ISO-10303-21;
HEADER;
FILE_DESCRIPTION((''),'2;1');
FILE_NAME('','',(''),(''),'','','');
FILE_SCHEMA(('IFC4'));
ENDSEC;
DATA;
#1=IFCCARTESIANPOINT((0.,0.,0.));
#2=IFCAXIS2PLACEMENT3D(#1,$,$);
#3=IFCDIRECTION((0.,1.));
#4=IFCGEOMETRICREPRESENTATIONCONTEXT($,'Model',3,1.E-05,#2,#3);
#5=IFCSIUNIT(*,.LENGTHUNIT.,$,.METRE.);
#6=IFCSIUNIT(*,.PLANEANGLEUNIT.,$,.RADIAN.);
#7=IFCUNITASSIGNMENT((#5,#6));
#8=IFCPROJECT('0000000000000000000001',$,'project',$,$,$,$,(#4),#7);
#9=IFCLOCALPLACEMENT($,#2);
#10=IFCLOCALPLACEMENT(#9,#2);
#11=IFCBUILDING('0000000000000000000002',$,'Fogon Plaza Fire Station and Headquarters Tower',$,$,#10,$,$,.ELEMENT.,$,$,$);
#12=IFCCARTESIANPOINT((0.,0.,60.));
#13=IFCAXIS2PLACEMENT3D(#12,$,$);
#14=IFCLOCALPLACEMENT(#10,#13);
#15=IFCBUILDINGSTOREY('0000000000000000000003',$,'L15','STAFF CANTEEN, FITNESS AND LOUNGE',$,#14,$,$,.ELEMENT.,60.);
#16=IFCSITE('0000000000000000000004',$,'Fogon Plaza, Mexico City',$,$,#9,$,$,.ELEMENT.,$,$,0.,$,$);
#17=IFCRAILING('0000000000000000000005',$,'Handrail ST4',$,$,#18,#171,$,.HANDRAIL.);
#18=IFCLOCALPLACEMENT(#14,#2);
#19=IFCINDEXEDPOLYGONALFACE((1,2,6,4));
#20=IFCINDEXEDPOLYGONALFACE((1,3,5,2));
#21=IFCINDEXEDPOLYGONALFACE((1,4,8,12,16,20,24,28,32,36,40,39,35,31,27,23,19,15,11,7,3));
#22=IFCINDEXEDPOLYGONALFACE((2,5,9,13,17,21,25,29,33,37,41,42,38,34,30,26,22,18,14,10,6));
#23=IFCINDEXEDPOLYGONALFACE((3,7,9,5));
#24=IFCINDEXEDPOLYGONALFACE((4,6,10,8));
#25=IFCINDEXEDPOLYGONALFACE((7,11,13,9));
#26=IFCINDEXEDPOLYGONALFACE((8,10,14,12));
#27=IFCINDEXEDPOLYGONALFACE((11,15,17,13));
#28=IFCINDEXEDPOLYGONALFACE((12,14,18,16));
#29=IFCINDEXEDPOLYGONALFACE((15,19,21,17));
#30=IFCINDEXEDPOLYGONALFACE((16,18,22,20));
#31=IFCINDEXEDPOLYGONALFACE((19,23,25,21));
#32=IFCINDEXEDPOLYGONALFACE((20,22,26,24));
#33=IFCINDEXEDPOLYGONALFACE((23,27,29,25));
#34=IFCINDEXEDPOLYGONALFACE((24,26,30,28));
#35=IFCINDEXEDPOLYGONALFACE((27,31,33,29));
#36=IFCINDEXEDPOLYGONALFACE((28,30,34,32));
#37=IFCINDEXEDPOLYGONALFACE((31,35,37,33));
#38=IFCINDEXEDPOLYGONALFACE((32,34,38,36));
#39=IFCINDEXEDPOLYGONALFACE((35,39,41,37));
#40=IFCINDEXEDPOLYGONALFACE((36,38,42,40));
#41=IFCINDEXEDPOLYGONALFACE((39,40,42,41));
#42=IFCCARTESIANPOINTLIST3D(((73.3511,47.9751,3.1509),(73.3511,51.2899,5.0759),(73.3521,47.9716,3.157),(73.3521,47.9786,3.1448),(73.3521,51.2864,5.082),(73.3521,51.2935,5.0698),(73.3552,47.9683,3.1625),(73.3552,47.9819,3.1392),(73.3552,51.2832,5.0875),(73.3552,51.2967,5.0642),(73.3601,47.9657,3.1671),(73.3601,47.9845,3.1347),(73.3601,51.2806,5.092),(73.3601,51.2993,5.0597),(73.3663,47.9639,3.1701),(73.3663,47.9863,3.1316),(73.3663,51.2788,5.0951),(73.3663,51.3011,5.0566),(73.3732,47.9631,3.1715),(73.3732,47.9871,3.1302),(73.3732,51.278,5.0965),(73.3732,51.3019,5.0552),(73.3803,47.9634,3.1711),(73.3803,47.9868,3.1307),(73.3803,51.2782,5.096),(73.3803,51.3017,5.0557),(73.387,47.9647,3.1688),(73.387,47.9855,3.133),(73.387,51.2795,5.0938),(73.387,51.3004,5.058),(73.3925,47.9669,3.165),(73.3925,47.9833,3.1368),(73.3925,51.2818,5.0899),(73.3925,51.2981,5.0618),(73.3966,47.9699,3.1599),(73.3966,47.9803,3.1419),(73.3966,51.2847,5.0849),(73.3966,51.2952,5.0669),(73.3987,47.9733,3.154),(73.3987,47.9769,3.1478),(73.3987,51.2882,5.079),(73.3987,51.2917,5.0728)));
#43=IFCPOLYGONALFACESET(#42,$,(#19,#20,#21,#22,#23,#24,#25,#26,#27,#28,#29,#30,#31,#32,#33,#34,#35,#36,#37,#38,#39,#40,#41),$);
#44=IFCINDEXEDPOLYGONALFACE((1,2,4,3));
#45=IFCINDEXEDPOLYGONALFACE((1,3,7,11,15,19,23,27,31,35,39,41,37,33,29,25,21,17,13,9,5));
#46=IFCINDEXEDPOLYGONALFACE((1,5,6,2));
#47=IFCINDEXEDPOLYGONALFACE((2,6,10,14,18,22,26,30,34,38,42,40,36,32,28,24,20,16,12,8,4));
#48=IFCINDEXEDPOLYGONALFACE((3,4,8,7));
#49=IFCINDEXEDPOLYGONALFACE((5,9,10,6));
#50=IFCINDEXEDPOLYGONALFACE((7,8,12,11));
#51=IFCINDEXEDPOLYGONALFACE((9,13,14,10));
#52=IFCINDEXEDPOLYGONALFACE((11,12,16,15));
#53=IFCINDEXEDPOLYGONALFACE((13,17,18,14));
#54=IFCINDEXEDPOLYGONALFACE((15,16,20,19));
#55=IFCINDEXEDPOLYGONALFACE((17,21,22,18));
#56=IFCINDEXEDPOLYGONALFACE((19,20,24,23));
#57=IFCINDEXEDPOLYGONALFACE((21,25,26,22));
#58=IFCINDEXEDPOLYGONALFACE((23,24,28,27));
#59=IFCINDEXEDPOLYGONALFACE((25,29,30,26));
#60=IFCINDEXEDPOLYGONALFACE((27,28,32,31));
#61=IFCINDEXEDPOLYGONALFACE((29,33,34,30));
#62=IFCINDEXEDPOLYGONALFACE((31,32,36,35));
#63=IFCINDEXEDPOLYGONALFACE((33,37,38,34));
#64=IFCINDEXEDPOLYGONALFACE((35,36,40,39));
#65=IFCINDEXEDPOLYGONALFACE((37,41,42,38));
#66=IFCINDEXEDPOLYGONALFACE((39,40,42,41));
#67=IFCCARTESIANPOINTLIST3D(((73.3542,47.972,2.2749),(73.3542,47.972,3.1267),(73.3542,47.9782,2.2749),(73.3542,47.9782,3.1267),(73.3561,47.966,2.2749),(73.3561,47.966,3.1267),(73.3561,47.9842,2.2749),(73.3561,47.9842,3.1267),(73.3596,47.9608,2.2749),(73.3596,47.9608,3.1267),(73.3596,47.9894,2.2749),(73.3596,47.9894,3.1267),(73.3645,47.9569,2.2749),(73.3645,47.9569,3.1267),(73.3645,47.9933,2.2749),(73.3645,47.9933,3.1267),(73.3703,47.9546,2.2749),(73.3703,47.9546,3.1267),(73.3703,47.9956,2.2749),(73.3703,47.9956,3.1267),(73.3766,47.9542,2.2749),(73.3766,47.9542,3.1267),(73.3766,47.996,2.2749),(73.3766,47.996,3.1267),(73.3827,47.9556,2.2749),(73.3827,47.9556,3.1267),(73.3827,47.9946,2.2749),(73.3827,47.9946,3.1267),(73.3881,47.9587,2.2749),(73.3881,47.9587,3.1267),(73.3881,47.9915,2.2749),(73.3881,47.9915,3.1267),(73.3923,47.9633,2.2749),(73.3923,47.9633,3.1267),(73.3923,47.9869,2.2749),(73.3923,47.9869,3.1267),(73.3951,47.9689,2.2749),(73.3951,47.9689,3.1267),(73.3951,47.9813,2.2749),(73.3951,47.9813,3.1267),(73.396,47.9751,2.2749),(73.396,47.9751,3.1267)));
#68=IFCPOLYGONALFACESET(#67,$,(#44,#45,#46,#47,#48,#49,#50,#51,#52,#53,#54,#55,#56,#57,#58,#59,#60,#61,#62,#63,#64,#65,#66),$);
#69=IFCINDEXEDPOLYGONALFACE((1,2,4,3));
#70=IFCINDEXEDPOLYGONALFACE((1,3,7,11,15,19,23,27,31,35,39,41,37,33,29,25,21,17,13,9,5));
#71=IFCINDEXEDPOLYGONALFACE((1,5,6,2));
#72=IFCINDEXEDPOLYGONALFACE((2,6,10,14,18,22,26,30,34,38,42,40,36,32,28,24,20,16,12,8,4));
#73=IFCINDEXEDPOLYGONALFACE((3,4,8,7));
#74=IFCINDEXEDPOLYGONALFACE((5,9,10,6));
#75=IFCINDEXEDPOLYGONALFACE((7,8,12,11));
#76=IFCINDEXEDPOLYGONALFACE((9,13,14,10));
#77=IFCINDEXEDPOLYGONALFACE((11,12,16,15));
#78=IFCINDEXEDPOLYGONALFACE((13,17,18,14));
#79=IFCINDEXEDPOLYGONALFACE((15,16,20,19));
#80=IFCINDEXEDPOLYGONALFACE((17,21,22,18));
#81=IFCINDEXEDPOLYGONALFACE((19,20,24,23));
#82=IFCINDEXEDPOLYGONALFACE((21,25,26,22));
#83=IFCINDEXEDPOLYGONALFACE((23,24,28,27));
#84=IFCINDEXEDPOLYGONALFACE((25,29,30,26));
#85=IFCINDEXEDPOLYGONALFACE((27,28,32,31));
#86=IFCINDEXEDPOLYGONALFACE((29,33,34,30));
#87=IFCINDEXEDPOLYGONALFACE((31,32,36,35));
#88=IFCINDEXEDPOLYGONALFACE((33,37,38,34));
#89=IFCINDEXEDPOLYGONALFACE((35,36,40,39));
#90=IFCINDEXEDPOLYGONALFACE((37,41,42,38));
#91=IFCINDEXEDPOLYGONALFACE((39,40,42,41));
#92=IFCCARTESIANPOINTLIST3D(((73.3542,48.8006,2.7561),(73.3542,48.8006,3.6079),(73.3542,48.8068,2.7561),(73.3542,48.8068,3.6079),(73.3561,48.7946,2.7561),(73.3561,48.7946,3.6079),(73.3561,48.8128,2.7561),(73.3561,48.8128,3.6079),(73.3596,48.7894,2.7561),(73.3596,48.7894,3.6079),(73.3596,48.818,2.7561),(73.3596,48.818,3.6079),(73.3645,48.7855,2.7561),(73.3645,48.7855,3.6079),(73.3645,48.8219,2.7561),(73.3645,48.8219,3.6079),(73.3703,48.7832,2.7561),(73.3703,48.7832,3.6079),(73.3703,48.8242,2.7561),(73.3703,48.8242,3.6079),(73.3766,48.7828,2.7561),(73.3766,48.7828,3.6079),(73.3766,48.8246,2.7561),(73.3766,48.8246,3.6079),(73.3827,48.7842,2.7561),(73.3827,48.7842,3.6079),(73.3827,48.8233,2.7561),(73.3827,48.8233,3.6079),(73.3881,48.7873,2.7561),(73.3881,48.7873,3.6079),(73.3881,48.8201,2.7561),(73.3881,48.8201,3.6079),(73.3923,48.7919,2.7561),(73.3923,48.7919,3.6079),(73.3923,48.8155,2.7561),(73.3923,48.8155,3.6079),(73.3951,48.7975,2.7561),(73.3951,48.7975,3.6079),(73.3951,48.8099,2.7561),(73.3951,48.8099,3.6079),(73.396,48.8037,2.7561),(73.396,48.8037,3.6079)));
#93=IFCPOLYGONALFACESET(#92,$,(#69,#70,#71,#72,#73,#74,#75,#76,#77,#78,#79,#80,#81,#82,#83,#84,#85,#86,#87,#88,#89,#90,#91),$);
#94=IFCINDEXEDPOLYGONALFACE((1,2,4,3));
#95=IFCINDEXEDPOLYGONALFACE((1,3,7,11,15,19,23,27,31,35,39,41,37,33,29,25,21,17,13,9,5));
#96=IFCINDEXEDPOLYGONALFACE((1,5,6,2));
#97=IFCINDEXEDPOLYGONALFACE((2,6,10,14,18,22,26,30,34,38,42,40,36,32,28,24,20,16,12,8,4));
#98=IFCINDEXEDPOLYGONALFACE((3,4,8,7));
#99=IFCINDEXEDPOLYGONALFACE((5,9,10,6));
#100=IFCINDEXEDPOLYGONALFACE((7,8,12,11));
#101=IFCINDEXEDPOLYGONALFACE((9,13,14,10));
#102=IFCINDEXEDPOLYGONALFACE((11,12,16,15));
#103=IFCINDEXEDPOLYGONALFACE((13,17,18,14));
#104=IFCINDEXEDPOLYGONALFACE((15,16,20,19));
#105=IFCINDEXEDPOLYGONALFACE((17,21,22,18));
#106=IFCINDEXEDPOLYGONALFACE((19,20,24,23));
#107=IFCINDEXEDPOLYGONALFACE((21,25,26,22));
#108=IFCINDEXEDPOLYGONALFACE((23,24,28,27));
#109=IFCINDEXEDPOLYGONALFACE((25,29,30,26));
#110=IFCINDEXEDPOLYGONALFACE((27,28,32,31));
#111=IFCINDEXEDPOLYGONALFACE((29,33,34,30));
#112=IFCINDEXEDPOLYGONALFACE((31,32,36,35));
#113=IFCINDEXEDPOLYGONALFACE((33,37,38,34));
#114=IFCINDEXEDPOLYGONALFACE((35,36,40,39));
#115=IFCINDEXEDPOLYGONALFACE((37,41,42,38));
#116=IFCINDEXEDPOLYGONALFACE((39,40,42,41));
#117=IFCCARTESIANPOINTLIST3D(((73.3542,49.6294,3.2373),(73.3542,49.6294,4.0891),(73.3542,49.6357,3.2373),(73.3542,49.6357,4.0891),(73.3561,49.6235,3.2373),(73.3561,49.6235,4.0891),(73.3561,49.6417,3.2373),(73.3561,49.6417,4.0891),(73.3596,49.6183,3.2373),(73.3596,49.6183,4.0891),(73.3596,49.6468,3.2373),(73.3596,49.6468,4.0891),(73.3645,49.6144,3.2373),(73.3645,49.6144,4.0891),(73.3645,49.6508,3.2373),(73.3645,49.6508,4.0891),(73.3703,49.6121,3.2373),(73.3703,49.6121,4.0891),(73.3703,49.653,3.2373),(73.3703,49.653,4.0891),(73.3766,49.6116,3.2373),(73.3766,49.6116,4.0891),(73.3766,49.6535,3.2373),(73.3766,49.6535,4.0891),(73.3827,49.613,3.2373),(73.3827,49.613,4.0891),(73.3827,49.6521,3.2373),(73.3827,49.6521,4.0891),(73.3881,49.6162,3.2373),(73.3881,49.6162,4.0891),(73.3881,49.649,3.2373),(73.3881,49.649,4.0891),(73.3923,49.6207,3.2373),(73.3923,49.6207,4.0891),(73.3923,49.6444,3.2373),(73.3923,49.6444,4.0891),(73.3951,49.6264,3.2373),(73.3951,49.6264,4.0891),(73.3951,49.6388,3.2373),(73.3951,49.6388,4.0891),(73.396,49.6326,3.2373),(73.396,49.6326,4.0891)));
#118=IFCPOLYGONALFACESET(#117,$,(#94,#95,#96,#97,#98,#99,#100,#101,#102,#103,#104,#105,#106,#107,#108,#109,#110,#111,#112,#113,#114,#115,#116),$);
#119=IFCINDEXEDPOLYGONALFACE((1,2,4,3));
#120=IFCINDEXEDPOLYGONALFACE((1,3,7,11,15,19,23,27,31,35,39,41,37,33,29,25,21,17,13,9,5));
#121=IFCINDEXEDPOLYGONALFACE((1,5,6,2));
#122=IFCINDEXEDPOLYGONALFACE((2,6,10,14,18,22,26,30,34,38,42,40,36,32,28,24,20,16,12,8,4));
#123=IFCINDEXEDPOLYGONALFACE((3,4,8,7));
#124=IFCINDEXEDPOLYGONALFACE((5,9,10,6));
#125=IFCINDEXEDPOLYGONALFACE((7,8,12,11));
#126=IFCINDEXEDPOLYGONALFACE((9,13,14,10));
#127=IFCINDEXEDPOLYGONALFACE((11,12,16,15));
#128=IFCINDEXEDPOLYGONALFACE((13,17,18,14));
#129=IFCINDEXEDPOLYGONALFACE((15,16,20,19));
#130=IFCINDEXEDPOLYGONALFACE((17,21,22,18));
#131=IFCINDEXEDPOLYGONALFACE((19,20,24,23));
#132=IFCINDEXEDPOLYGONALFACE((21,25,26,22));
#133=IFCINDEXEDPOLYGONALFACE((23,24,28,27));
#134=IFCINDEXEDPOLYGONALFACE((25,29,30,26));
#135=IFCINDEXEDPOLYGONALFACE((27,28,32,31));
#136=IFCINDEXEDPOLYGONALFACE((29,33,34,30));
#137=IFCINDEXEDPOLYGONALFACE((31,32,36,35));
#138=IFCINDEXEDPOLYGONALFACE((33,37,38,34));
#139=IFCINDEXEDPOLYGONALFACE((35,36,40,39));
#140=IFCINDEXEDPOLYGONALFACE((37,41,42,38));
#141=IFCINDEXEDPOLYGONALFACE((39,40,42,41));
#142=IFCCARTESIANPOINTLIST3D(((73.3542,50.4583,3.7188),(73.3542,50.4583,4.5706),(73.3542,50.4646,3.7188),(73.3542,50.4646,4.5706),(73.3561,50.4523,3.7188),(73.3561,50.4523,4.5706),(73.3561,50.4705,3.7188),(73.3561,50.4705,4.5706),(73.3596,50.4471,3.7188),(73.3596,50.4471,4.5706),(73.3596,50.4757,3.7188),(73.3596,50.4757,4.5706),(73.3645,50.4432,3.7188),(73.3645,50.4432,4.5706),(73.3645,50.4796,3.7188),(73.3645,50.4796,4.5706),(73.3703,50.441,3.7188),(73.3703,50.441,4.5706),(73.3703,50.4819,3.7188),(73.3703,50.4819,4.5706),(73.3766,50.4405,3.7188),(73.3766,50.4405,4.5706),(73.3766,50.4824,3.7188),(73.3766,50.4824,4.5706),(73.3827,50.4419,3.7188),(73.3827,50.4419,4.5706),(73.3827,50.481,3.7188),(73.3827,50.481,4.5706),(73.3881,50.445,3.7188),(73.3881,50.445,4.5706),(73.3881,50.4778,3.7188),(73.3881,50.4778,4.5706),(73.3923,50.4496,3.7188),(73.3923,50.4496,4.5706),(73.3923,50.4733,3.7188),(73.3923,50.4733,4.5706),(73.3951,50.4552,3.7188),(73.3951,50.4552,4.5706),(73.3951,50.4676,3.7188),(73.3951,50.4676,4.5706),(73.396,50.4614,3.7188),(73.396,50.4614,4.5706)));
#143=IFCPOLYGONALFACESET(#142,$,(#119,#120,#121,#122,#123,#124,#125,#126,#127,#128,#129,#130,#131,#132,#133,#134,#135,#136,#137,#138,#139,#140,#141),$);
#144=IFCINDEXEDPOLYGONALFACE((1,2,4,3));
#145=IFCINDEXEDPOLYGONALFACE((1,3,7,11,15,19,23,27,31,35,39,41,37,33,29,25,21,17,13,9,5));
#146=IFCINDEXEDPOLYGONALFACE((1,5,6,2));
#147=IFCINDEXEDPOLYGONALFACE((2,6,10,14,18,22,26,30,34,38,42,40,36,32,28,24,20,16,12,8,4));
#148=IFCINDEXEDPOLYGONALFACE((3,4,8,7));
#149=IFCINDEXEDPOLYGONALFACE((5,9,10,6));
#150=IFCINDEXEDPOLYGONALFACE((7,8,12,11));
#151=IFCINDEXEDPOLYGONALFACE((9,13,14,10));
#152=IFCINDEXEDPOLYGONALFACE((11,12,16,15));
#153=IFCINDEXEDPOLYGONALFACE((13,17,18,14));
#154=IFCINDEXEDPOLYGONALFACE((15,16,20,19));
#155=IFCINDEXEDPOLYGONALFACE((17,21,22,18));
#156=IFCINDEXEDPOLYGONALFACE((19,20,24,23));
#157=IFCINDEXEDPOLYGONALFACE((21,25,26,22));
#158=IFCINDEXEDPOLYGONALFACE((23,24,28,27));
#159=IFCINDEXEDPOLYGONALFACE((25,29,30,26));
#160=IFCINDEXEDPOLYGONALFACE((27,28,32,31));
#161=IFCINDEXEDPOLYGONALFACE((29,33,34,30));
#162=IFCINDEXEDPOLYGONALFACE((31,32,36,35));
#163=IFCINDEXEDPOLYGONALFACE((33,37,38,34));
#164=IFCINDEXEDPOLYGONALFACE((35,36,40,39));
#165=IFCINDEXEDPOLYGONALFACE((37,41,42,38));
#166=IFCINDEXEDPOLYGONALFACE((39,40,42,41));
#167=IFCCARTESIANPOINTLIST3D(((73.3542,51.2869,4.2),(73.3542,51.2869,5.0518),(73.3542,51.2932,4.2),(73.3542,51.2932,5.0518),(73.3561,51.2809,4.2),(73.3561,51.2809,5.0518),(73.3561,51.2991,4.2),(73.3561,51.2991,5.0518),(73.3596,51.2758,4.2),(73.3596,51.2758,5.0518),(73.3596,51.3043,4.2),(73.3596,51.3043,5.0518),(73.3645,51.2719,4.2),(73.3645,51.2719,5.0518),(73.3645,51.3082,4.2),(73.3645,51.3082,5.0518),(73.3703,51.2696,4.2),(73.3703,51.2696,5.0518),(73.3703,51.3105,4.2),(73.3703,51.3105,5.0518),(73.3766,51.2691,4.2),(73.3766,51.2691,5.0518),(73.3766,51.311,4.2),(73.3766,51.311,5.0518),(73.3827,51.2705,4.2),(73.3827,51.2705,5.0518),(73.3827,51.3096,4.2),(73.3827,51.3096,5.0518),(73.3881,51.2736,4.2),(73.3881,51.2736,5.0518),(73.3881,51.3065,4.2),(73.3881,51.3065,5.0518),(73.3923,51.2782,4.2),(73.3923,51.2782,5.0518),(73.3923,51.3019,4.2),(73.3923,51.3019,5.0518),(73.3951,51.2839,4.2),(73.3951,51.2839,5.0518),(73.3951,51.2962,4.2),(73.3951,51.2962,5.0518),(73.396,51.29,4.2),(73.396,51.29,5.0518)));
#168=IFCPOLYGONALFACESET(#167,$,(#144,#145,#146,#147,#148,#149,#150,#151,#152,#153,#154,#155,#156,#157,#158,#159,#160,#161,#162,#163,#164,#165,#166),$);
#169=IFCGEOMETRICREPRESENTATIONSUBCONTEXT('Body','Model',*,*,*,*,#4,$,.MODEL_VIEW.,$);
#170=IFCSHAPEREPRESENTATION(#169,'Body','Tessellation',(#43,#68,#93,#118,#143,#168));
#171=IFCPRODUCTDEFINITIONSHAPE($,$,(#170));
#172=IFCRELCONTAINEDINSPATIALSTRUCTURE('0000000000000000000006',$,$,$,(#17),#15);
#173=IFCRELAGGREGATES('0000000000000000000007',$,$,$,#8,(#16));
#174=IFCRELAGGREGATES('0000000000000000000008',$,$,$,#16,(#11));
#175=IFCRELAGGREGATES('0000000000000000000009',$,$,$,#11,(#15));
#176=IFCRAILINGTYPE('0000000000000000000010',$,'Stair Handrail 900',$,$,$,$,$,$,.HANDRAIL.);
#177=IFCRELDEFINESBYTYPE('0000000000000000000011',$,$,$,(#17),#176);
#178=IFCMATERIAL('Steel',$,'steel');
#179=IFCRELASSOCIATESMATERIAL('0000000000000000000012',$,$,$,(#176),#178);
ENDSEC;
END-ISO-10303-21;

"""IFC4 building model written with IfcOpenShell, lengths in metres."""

from ifc_helpers import new_model, si_unit, direction, frame, origin, origin_2d, place, context, subcontext, project, spatial, circle, extrude, material, type_object, element, save


model = new_model("IFC4")

# Units and contexts
model_context = context("Model", 3, precision=1e-05, world=origin(), true_north=direction((0.0, 1.0)))
body_context = subcontext(model_context, "Body", "Model", "MODEL_VIEW")
ifc_project = project(units=[si_unit("LENGTHUNIT", "METRE"), si_unit("PLANEANGLEUNIT", "RADIAN")], contexts=[model_context])

# Site, building, storey
site_placement = place(None, origin())
site = spatial("IfcSite", under=ifc_project, at=site_placement, Name="Fogon Plaza, Mexico City", CompositionType="ELEMENT", RefElevation=0.0)
building_placement = place(site_placement, origin())
building = spatial("IfcBuilding", under=site, at=building_placement, Name="Fogon Plaza Fire Station and Headquarters Tower", CompositionType="ELEMENT")
storey_placement = place(building_placement, frame((0.0, 0.0, 60.0)))
storey = spatial("IfcBuildingStorey", under=building, at=storey_placement, Name="L15", Description="STAFF CANTEEN, FITNESS AND LOUNGE", CompositionType="ELEMENT", Elevation=60.0)

# Railing
ifc_material_1 = material(Name="Steel", Category="steel")
railing_type = type_object("IfcRailingType", Name="Stair Handrail 900", PredefinedType="HANDRAIL", material=ifc_material_1)
for number, where, name in (
    (1, (73.375, 47.9751, 2.2749), "Handrail ST4"),
):
    element("IfcRailing", number, at=place(storey_placement, frame(where)), inside=storey, type_object=railing_type, Name=name, PredefinedType="HANDRAIL", context=body_context, shape_type="SweptSolid", body=[
        extrude(circle(Radius=0.0239, at=origin_2d()), frame((0.0, 0.0, 0.876), z_axis=(0.0, 0.864761, 0.502183), x_axis=(-1.0, 0.0, 0.0)), (0.0, 0.0, 1.0), 3.8333),
        extrude(circle(Radius=0.021, at=origin_2d()), origin(), (0.0, 0.0, 1.0), 0.8518),
        extrude(circle(Radius=0.021, at=origin_2d()), frame((0.0, 0.8286, 0.4812)), (0.0, 0.0, 1.0), 0.8518),
        extrude(circle(Radius=0.021, at=origin_2d()), frame((0.0, 1.6575, 0.9624)), (0.0, 0.0, 1.0), 0.8518),
        extrude(circle(Radius=0.021, at=origin_2d()), frame((0.0, 2.4863, 1.4438)), (0.0, 0.0, 1.0), 0.8518),
        extrude(circle(Radius=0.021, at=origin_2d()), frame((0.0, 3.3149, 1.925)), (0.0, 0.0, 1.0), 0.8518),
    ])

save(model, "model.ifc")
